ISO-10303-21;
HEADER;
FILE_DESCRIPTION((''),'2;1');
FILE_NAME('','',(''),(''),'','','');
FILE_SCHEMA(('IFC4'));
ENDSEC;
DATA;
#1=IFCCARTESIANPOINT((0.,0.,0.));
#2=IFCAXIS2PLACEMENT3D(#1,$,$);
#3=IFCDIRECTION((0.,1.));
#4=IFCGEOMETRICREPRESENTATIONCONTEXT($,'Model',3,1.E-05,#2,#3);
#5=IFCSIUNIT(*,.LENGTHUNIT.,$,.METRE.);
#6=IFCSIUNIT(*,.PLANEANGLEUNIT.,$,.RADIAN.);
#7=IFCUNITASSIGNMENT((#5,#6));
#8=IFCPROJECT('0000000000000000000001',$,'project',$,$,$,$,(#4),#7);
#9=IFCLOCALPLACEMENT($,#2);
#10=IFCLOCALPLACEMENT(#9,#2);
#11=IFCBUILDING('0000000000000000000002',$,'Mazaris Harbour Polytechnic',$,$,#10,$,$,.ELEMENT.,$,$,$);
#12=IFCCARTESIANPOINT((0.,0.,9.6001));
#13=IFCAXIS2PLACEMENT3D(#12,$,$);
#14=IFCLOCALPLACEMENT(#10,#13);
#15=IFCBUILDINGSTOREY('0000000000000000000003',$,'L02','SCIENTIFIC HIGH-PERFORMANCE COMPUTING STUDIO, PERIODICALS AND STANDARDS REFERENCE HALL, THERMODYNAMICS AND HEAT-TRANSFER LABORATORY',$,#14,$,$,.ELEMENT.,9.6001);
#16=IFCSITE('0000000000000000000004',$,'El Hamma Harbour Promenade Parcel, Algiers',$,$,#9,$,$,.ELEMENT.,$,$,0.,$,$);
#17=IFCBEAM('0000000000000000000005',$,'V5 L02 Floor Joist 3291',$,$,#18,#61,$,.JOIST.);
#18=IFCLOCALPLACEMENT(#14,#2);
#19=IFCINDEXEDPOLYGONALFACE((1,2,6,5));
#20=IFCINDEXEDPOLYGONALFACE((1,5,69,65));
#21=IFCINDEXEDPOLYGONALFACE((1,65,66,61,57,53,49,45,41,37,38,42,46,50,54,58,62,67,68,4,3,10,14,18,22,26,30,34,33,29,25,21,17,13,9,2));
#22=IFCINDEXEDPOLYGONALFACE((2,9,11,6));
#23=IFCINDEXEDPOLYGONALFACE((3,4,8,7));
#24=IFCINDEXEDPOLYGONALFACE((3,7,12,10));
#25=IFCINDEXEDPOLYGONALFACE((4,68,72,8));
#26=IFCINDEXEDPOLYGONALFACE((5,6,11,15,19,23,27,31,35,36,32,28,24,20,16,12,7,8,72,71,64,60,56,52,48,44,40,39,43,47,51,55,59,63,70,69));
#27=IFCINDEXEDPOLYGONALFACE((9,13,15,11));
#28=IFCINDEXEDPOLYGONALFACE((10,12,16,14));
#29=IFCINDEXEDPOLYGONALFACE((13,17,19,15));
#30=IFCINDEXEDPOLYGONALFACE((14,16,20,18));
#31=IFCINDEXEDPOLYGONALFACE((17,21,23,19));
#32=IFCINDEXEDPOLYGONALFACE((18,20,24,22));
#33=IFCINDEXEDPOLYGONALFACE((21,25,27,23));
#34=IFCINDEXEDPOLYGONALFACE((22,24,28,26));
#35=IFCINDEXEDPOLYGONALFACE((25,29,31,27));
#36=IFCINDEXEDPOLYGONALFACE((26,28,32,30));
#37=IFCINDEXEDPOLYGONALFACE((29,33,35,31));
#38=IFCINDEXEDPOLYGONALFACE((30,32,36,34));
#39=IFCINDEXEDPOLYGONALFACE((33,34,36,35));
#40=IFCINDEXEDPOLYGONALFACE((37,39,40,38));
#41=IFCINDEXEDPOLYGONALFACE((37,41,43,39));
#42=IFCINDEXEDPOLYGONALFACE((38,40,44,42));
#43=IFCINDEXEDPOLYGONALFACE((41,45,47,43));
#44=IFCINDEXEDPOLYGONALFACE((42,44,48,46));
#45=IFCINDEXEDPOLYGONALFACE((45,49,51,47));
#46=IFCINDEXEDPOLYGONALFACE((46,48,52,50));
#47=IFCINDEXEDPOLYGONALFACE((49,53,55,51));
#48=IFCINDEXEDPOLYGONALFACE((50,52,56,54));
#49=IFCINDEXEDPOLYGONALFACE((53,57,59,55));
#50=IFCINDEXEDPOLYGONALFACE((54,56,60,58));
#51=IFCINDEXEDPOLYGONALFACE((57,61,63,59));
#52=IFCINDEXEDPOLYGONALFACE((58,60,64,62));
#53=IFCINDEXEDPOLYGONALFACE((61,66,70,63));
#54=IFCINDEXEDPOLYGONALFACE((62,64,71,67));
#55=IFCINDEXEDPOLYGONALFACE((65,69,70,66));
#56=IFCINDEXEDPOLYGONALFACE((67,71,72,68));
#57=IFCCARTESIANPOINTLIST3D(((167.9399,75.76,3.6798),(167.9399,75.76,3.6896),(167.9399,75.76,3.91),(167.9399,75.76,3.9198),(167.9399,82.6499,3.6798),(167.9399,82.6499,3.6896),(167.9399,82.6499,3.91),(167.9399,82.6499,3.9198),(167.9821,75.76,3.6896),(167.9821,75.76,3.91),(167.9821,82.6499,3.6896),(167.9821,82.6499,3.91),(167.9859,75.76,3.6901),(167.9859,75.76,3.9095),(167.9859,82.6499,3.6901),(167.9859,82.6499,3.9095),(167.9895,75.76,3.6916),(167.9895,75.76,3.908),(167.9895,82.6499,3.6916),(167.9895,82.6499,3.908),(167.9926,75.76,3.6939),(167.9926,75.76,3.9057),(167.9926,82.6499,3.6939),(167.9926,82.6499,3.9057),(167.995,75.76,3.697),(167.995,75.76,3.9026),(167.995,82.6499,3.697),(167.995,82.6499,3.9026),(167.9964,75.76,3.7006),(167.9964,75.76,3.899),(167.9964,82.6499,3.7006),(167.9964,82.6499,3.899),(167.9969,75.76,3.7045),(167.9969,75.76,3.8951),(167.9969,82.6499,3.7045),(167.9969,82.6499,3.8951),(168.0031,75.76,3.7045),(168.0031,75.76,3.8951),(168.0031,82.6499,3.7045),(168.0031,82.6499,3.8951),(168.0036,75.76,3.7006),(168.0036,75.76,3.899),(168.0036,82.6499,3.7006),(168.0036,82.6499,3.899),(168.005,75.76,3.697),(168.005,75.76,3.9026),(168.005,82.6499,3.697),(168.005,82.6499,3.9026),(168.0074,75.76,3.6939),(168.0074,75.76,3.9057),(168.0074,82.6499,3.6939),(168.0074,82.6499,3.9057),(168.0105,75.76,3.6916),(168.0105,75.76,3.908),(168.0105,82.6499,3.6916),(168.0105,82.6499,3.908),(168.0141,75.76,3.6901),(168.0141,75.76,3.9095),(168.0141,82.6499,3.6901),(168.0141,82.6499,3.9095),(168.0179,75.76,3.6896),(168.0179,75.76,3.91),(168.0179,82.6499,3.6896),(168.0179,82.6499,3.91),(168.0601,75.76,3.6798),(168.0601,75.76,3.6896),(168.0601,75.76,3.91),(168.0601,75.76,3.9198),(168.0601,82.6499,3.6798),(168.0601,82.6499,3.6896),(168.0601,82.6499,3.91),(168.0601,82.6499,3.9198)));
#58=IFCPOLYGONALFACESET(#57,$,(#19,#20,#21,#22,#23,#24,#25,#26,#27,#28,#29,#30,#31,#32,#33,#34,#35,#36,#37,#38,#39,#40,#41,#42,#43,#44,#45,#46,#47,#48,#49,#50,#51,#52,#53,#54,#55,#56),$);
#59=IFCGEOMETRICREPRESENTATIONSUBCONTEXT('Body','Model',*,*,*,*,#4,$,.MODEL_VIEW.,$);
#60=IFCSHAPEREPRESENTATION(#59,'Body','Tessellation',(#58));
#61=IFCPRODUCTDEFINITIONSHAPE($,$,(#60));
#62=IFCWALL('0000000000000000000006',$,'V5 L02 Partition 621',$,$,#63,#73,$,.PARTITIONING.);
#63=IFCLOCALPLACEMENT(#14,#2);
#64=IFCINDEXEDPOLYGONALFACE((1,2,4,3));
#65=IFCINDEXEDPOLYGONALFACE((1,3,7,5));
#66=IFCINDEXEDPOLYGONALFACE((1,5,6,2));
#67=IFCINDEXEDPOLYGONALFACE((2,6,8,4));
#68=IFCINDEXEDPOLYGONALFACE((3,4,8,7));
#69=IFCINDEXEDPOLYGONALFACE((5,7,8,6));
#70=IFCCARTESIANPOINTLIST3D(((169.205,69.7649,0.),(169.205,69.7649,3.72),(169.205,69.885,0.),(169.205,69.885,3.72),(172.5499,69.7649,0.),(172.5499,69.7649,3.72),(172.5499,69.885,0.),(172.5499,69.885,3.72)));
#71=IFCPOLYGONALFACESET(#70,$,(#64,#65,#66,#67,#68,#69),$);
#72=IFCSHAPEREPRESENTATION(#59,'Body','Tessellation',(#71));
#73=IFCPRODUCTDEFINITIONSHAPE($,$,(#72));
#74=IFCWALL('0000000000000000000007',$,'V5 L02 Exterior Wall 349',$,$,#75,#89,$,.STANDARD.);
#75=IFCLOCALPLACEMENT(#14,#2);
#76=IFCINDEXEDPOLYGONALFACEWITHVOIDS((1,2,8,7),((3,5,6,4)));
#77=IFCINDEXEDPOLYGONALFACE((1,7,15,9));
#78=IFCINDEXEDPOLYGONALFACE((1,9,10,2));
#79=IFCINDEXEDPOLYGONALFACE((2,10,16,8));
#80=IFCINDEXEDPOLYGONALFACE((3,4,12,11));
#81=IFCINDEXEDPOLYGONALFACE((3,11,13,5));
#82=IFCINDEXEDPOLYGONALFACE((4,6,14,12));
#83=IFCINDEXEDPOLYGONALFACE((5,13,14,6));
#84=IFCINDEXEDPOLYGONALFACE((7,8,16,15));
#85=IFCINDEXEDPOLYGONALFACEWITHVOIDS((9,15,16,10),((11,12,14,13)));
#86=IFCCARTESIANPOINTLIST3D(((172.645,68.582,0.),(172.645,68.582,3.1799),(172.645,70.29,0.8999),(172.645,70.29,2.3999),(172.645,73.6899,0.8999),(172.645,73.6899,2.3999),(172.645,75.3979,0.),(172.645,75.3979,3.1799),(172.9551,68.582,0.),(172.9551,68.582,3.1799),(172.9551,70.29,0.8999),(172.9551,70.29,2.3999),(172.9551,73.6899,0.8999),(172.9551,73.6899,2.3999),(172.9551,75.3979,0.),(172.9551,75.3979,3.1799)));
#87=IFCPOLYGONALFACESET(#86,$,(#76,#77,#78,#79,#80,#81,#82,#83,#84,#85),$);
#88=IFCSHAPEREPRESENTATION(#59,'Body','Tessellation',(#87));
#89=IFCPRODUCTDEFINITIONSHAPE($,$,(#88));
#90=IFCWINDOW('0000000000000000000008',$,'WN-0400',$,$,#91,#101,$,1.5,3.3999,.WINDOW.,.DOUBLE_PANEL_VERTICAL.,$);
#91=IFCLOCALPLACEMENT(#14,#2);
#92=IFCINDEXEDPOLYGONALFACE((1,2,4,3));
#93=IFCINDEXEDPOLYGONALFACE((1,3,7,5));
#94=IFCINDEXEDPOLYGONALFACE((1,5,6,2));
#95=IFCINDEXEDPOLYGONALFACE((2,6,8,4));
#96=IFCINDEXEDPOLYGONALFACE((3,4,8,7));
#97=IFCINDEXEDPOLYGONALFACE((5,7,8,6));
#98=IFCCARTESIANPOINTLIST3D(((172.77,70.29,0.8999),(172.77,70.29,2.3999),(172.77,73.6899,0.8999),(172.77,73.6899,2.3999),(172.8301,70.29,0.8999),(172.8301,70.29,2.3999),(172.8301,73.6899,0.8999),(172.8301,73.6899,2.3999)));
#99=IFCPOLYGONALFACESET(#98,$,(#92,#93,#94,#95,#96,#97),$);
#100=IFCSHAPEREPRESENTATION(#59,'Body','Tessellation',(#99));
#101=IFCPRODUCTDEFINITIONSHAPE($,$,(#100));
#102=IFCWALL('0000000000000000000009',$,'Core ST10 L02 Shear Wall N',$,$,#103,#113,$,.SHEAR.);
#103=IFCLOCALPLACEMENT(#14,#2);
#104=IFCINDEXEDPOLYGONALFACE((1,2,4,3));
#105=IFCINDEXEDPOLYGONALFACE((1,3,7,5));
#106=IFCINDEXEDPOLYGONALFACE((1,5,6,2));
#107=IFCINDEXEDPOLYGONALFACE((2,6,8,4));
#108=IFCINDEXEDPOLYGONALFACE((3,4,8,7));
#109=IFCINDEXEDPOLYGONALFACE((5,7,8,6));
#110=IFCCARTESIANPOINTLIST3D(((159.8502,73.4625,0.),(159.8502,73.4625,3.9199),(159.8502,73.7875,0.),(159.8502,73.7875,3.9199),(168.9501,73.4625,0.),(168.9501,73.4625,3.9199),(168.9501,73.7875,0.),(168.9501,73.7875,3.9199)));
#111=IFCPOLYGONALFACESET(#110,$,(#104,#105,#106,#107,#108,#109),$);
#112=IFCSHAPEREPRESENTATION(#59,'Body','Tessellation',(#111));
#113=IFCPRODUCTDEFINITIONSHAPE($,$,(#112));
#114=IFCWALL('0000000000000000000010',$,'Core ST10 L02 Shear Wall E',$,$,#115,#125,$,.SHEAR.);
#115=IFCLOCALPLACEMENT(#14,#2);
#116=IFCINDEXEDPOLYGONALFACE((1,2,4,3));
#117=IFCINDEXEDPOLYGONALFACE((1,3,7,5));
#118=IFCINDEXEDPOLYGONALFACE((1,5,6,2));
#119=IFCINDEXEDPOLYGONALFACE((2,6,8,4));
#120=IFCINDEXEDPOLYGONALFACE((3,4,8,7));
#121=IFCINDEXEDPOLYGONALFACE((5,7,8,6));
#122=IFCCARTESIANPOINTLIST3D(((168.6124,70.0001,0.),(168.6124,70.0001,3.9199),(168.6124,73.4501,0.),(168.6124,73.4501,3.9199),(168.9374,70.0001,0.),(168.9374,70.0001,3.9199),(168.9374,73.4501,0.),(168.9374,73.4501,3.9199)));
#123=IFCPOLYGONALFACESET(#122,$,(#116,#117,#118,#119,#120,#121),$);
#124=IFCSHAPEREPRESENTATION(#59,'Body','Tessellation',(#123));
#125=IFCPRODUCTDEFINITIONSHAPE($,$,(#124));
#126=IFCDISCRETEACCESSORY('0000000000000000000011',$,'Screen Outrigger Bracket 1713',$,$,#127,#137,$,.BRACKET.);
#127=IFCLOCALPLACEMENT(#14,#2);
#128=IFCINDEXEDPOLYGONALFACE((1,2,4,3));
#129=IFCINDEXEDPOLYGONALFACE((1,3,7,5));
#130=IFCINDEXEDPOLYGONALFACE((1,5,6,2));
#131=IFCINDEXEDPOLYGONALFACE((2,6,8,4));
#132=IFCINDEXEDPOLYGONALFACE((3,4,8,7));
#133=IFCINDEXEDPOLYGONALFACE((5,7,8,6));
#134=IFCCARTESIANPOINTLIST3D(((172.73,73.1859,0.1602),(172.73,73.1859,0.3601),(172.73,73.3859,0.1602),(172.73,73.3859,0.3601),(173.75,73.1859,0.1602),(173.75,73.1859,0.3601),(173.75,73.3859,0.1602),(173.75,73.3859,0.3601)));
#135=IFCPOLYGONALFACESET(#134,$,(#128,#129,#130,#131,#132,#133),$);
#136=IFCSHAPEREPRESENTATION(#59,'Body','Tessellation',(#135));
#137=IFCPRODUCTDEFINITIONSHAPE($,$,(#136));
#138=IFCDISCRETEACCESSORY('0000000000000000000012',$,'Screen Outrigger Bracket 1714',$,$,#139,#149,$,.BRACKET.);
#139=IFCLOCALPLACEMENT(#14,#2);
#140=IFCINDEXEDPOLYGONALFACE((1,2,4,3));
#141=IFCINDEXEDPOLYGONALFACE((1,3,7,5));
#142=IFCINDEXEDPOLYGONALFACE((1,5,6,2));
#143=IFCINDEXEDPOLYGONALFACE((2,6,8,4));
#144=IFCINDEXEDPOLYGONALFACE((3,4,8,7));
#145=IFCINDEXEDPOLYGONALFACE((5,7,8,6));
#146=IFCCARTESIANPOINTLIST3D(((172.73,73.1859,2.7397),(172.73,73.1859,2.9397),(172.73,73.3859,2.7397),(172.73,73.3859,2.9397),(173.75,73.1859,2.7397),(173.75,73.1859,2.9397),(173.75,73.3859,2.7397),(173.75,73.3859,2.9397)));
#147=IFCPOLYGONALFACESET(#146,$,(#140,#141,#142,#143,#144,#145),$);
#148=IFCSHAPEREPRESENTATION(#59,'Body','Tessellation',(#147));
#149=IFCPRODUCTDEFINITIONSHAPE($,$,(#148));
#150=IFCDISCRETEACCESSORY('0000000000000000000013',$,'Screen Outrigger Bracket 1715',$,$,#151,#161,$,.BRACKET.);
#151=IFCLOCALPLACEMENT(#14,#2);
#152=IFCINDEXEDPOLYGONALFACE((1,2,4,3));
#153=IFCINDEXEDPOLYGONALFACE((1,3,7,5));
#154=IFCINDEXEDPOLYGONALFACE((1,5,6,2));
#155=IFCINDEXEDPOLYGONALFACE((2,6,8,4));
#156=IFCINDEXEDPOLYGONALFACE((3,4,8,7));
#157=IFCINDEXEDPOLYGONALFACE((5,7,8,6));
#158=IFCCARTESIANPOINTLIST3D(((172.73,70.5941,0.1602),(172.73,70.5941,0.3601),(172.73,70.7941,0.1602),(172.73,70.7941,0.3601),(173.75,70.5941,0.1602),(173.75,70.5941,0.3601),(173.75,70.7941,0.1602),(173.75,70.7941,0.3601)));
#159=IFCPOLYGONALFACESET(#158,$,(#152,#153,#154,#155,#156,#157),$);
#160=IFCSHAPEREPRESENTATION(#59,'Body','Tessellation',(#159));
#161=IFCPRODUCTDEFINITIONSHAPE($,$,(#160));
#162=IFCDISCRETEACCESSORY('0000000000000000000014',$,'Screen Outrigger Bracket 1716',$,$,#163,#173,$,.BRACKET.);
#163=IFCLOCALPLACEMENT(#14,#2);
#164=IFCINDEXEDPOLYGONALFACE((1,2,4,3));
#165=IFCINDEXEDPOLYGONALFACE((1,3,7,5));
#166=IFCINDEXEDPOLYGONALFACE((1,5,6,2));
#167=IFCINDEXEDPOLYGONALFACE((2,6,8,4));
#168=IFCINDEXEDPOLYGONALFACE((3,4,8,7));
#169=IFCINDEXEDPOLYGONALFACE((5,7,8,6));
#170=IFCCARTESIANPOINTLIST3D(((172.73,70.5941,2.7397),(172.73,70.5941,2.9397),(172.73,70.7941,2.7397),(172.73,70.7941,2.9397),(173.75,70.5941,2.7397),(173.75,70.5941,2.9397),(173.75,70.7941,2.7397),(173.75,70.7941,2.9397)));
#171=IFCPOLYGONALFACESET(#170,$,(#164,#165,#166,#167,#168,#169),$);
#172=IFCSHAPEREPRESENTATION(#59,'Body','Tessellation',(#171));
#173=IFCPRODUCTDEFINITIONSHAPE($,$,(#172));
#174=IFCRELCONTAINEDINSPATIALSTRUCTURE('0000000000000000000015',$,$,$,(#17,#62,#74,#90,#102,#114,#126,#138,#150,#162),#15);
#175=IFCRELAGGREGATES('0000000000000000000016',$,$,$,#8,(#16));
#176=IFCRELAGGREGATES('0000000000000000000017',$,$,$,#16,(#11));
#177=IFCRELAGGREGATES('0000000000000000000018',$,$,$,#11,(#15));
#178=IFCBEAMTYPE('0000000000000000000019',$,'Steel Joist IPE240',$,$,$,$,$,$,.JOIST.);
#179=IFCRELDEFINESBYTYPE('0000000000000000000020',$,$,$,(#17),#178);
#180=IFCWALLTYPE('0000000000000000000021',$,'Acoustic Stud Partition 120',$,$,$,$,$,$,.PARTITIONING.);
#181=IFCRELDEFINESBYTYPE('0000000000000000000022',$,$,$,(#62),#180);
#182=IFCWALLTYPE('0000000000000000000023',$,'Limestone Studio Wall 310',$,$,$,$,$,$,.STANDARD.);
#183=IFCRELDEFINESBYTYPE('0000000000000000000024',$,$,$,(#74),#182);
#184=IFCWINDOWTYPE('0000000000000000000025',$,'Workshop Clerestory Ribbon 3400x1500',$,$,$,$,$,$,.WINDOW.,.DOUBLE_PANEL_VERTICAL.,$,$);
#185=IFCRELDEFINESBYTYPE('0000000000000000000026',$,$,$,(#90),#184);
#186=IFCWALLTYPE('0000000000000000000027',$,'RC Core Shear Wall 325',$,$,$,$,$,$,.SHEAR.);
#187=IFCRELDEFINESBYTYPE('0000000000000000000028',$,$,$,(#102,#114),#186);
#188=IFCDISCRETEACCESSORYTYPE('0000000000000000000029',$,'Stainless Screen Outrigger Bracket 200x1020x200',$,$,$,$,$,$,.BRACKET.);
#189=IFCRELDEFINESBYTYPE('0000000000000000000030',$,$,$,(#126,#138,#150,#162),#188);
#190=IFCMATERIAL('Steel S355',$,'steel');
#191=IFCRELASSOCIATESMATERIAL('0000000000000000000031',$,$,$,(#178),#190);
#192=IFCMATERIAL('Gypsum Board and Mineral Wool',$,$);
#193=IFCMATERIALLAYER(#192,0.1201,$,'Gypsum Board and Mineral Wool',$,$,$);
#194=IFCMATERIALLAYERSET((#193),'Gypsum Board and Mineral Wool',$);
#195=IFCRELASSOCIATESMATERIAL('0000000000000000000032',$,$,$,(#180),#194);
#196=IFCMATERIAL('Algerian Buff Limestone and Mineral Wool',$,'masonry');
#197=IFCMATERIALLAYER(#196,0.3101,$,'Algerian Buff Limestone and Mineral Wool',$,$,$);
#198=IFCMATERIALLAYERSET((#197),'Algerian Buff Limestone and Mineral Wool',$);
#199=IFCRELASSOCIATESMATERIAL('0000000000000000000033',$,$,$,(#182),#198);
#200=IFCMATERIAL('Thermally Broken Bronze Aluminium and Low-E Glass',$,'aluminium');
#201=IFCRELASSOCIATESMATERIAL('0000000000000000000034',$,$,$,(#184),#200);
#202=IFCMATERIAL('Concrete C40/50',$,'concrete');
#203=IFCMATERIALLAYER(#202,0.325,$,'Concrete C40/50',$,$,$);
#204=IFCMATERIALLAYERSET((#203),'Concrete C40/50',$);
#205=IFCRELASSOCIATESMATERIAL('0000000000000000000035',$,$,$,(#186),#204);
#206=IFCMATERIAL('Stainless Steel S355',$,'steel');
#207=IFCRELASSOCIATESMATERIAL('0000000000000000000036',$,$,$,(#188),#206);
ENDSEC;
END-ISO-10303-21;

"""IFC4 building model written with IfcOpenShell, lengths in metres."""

from ifc_helpers import new_model, si_unit, direction, frame, frame_2d, origin, origin_2d, place, context, subcontext, project, spatial, rectangle, i_section, extrude, material, layer, layer_set, material_profile, profile_set, type_object, element, fill, save


model = new_model("IFC4")

# Units and contexts
model_context = context("Model", 3, precision=1e-05, world=origin(), true_north=direction((0.0, 1.0)))
body_context = subcontext(model_context, "Body", "Model", "MODEL_VIEW")
ifc_project = project(units=[si_unit("LENGTHUNIT", "METRE"), si_unit("PLANEANGLEUNIT", "RADIAN")], contexts=[model_context])

# Site, building, storey
site_placement = place(None, origin())
site = spatial("IfcSite", under=ifc_project, at=site_placement, Name="El Hamma Harbour Promenade Parcel, Algiers", CompositionType="ELEMENT", RefElevation=0.0)
building_placement = place(site_placement, origin())
building = spatial("IfcBuilding", under=site, at=building_placement, Name="Mazaris Harbour Polytechnic", CompositionType="ELEMENT")
storey_placement = place(building_placement, frame((0.0, 0.0, 9.6001)))
storey = spatial("IfcBuildingStorey", under=building, at=storey_placement, Name="L02", Description="SCIENTIFIC HIGH-PERFORMANCE COMPUTING STUDIO, PERIODICALS AND STANDARDS REFERENCE HALL, THERMODYNAMICS AND HEAT-TRANSFER LABORATORY", CompositionType="ELEMENT", Elevation=9.6001)

# Beam
ifc_material_1 = material(Name="Steel S355", Category="steel")
ifc_material_profile_1 = material_profile(ifc_material_1, i_section(OverallWidth=0.1201, OverallDepth=0.24, WebThickness=0.0061, FlangeThickness=0.0098, FilletRadius=0.0149, at=origin_2d()), Name="IPE 240")
ifc_profile_set_1 = profile_set([ifc_material_profile_1], Name="Steel S355")
beam_type_1 = type_object("IfcBeamType", Name="Steel Joist IPE240", PredefinedType="JOIST", material=ifc_profile_set_1)
beam_1_placement = place(storey_placement, frame((168.0, 75.76, 3.7998), z_axis=(0.0, 1.0, 0.0), x_axis=(-1.0, 0.0, 0.0)))
element("IfcBeam", 1, at=beam_1_placement, inside=storey, type_object=beam_type_1, Name="V5 L02 Floor Joist 3291", PredefinedType="JOIST", context=body_context, shape_type="SweptSolid", body=[
    extrude(i_section(OverallWidth=0.1201, OverallDepth=0.24, WebThickness=0.0061, FlangeThickness=0.0098, FilletRadius=0.0149, at=origin_2d()), origin(), (0.0, 0.0, 1.0), 6.8899),
])

# Wall
ifc_material_2 = material(Name="Gypsum Board and Mineral Wool")
ifc_layer_1 = layer(ifc_material_2, 0.1201, Name="Gypsum Board and Mineral Wool")
ifc_layer_set_1 = layer_set([ifc_layer_1], Name="Gypsum Board and Mineral Wool")
wall_type_1 = type_object("IfcWallType", Name="Acoustic Stud Partition 120", PredefinedType="PARTITIONING", material=ifc_layer_set_1)
wall_1_placement = place(storey_placement, frame((169.2051, 69.825, 0.0), z_axis=(0.0, 0.0, 1.0), x_axis=(1.0, 0.0, 0.0)))
element("IfcWall", 2, at=wall_1_placement, inside=storey, type_object=wall_type_1, Name="V5 L02 Partition 621", PredefinedType="PARTITIONING", context=body_context, shape_type="SweptSolid", body=[
    extrude(rectangle(XDim=3.345, YDim=0.1201, at=frame_2d((1.6724, 0.0))), origin(), (0.0, 0.0, 1.0), 3.72),
])

# Wall, opening, window
ifc_material_3 = material(Name="Algerian Buff Limestone and Mineral Wool", Category="masonry")
ifc_layer_2 = layer(ifc_material_3, 0.3101, Name="Algerian Buff Limestone and Mineral Wool")
ifc_layer_set_2 = layer_set([ifc_layer_2], Name="Algerian Buff Limestone and Mineral Wool")
wall_type_2 = type_object("IfcWallType", Name="Limestone Studio Wall 310", PredefinedType="STANDARD", material=ifc_layer_set_2)
wall_2_placement = place(storey_placement, frame((172.8, 75.3979, 0.0), z_axis=(0.0, 0.0, 1.0), x_axis=(0.0, -1.0, 0.0)))
wall_2 = element("IfcWall", 3, at=wall_2_placement, inside=storey, type_object=wall_type_2, Name="V5 L02 Exterior Wall 349", PredefinedType="STANDARD", context=body_context, shape_type="SweptSolid", body=[
    extrude(rectangle(XDim=6.8159, YDim=0.3101, at=frame_2d((3.408, 0.0))), origin(), (0.0, 0.0, 1.0), 3.1799),
])
opening_placement = place(wall_2_placement, frame((1.708, 0.0, 0.8999)))
opening = element("IfcOpeningElement", 4, at=opening_placement, cuts=wall_2, PredefinedType="OPENING", context=body_context, shape_type="SweptSolid", body=[
    extrude(rectangle(XDim=3.3999, YDim=1.5, at=frame_2d((1.7, 0.75))), frame((0.0, 0.165, 0.0), z_axis=(0.0, -1.0, 0.0), x_axis=(1.0, 0.0, 0.0)), (0.0, 0.0, 1.0), 0.3301),
])
ifc_material_4 = material(Name="Thermally Broken Bronze Aluminium and Low-E Glass", Category="aluminium")
window_type = type_object("IfcWindowType", Name="Workshop Clerestory Ribbon 3400x1500", PartitioningType="DOUBLE_PANEL_VERTICAL", PredefinedType="WINDOW", material=ifc_material_4)
window_placement = place(opening_placement, origin())
window = element("IfcWindow", 5, at=window_placement, inside=storey, type_object=window_type, Name="WN-0400", OverallHeight=1.5, OverallWidth=3.3999, PartitioningType="DOUBLE_PANEL_VERTICAL", PredefinedType="WINDOW", context=body_context, shape_type="SweptSolid", body=[
    extrude(rectangle(XDim=3.3999, YDim=1.5, at=frame_2d((1.7, 0.75))), frame((0.0, 0.03, 0.0), z_axis=(0.0, -1.0, 0.0), x_axis=(1.0, 0.0, 0.0)), (0.0, 0.0, 1.0), 0.0601),
])
fill(opening, window)

# Walls
ifc_material_5 = material(Name="Concrete C40/50", Category="concrete")
ifc_layer_3 = layer(ifc_material_5, 0.325, Name="Concrete C40/50")
ifc_layer_set_3 = layer_set([ifc_layer_3], Name="Concrete C40/50")
wall_type_3 = type_object("IfcWallType", Name="RC Core Shear Wall 325", PredefinedType="SHEAR", material=ifc_layer_set_3)
wall_3_placement = place(storey_placement, frame((168.95, 73.625, 0.0), z_axis=(0.0, 0.0, 1.0), x_axis=(-1.0, 0.0, 0.0)))
element("IfcWall", 6, at=wall_3_placement, inside=storey, type_object=wall_type_3, Name="Core ST10 L02 Shear Wall N", PredefinedType="SHEAR", context=body_context, shape_type="SweptSolid", body=[
    extrude(rectangle(XDim=9.0999, YDim=0.325, at=frame_2d((4.5498, 0.0))), origin(), (0.0, 0.0, 1.0), 3.9199),
])
wall_4_placement = place(storey_placement, frame((168.7749, 70.0, 0.0), z_axis=(0.0, 0.0, 1.0), x_axis=(0.0, 1.0, 0.0)))
element("IfcWall", 7, at=wall_4_placement, inside=storey, type_object=wall_type_3, Name="Core ST10 L02 Shear Wall E", PredefinedType="SHEAR", context=body_context, shape_type="SweptSolid", body=[
    extrude(rectangle(XDim=3.45, YDim=0.325, at=frame_2d((1.7251, 0.0))), origin(), (0.0, 0.0, 1.0), 3.9199),
])

# Discrete accessories
ifc_material_6 = material(Name="Stainless Steel S355", Category="steel")
discrete_accessory_type = type_object("IfcDiscreteAccessoryType", Name="Stainless Screen Outrigger Bracket 200x1020x200", PredefinedType="BRACKET", material=ifc_material_6)
for number, where, z_axis, x_axis, name in (
    (8, (173.24, 73.2859, 0.1602), (0.0, 0.0, 1.0), (0.0, -1.0, 0.0), "Screen Outrigger Bracket 1713"),
    (9, (173.24, 73.2859, 2.7397), (0.0, 0.0, 1.0), (0.0, -1.0, 0.0), "Screen Outrigger Bracket 1714"),
    (10, (173.24, 70.6941, 0.1602), (0.0, 0.0, 1.0), (0.0, -1.0, 0.0), "Screen Outrigger Bracket 1715"),
    (11, (173.24, 70.6941, 2.7397), (0.0, 0.0, 1.0), (0.0, -1.0, 0.0), "Screen Outrigger Bracket 1716"),
):
    element("IfcDiscreteAccessory", number, at=place(storey_placement, frame(where, z_axis=z_axis, x_axis=x_axis)), inside=storey, type_object=discrete_accessory_type, Name=name, PredefinedType="BRACKET", context=body_context, shape_type="SweptSolid", body=[
        extrude(rectangle(XDim=0.2, YDim=1.02, at=origin_2d()), origin(), (0.0, 0.0, 1.0), 0.2),
    ])

save(model, "model.ifc")
